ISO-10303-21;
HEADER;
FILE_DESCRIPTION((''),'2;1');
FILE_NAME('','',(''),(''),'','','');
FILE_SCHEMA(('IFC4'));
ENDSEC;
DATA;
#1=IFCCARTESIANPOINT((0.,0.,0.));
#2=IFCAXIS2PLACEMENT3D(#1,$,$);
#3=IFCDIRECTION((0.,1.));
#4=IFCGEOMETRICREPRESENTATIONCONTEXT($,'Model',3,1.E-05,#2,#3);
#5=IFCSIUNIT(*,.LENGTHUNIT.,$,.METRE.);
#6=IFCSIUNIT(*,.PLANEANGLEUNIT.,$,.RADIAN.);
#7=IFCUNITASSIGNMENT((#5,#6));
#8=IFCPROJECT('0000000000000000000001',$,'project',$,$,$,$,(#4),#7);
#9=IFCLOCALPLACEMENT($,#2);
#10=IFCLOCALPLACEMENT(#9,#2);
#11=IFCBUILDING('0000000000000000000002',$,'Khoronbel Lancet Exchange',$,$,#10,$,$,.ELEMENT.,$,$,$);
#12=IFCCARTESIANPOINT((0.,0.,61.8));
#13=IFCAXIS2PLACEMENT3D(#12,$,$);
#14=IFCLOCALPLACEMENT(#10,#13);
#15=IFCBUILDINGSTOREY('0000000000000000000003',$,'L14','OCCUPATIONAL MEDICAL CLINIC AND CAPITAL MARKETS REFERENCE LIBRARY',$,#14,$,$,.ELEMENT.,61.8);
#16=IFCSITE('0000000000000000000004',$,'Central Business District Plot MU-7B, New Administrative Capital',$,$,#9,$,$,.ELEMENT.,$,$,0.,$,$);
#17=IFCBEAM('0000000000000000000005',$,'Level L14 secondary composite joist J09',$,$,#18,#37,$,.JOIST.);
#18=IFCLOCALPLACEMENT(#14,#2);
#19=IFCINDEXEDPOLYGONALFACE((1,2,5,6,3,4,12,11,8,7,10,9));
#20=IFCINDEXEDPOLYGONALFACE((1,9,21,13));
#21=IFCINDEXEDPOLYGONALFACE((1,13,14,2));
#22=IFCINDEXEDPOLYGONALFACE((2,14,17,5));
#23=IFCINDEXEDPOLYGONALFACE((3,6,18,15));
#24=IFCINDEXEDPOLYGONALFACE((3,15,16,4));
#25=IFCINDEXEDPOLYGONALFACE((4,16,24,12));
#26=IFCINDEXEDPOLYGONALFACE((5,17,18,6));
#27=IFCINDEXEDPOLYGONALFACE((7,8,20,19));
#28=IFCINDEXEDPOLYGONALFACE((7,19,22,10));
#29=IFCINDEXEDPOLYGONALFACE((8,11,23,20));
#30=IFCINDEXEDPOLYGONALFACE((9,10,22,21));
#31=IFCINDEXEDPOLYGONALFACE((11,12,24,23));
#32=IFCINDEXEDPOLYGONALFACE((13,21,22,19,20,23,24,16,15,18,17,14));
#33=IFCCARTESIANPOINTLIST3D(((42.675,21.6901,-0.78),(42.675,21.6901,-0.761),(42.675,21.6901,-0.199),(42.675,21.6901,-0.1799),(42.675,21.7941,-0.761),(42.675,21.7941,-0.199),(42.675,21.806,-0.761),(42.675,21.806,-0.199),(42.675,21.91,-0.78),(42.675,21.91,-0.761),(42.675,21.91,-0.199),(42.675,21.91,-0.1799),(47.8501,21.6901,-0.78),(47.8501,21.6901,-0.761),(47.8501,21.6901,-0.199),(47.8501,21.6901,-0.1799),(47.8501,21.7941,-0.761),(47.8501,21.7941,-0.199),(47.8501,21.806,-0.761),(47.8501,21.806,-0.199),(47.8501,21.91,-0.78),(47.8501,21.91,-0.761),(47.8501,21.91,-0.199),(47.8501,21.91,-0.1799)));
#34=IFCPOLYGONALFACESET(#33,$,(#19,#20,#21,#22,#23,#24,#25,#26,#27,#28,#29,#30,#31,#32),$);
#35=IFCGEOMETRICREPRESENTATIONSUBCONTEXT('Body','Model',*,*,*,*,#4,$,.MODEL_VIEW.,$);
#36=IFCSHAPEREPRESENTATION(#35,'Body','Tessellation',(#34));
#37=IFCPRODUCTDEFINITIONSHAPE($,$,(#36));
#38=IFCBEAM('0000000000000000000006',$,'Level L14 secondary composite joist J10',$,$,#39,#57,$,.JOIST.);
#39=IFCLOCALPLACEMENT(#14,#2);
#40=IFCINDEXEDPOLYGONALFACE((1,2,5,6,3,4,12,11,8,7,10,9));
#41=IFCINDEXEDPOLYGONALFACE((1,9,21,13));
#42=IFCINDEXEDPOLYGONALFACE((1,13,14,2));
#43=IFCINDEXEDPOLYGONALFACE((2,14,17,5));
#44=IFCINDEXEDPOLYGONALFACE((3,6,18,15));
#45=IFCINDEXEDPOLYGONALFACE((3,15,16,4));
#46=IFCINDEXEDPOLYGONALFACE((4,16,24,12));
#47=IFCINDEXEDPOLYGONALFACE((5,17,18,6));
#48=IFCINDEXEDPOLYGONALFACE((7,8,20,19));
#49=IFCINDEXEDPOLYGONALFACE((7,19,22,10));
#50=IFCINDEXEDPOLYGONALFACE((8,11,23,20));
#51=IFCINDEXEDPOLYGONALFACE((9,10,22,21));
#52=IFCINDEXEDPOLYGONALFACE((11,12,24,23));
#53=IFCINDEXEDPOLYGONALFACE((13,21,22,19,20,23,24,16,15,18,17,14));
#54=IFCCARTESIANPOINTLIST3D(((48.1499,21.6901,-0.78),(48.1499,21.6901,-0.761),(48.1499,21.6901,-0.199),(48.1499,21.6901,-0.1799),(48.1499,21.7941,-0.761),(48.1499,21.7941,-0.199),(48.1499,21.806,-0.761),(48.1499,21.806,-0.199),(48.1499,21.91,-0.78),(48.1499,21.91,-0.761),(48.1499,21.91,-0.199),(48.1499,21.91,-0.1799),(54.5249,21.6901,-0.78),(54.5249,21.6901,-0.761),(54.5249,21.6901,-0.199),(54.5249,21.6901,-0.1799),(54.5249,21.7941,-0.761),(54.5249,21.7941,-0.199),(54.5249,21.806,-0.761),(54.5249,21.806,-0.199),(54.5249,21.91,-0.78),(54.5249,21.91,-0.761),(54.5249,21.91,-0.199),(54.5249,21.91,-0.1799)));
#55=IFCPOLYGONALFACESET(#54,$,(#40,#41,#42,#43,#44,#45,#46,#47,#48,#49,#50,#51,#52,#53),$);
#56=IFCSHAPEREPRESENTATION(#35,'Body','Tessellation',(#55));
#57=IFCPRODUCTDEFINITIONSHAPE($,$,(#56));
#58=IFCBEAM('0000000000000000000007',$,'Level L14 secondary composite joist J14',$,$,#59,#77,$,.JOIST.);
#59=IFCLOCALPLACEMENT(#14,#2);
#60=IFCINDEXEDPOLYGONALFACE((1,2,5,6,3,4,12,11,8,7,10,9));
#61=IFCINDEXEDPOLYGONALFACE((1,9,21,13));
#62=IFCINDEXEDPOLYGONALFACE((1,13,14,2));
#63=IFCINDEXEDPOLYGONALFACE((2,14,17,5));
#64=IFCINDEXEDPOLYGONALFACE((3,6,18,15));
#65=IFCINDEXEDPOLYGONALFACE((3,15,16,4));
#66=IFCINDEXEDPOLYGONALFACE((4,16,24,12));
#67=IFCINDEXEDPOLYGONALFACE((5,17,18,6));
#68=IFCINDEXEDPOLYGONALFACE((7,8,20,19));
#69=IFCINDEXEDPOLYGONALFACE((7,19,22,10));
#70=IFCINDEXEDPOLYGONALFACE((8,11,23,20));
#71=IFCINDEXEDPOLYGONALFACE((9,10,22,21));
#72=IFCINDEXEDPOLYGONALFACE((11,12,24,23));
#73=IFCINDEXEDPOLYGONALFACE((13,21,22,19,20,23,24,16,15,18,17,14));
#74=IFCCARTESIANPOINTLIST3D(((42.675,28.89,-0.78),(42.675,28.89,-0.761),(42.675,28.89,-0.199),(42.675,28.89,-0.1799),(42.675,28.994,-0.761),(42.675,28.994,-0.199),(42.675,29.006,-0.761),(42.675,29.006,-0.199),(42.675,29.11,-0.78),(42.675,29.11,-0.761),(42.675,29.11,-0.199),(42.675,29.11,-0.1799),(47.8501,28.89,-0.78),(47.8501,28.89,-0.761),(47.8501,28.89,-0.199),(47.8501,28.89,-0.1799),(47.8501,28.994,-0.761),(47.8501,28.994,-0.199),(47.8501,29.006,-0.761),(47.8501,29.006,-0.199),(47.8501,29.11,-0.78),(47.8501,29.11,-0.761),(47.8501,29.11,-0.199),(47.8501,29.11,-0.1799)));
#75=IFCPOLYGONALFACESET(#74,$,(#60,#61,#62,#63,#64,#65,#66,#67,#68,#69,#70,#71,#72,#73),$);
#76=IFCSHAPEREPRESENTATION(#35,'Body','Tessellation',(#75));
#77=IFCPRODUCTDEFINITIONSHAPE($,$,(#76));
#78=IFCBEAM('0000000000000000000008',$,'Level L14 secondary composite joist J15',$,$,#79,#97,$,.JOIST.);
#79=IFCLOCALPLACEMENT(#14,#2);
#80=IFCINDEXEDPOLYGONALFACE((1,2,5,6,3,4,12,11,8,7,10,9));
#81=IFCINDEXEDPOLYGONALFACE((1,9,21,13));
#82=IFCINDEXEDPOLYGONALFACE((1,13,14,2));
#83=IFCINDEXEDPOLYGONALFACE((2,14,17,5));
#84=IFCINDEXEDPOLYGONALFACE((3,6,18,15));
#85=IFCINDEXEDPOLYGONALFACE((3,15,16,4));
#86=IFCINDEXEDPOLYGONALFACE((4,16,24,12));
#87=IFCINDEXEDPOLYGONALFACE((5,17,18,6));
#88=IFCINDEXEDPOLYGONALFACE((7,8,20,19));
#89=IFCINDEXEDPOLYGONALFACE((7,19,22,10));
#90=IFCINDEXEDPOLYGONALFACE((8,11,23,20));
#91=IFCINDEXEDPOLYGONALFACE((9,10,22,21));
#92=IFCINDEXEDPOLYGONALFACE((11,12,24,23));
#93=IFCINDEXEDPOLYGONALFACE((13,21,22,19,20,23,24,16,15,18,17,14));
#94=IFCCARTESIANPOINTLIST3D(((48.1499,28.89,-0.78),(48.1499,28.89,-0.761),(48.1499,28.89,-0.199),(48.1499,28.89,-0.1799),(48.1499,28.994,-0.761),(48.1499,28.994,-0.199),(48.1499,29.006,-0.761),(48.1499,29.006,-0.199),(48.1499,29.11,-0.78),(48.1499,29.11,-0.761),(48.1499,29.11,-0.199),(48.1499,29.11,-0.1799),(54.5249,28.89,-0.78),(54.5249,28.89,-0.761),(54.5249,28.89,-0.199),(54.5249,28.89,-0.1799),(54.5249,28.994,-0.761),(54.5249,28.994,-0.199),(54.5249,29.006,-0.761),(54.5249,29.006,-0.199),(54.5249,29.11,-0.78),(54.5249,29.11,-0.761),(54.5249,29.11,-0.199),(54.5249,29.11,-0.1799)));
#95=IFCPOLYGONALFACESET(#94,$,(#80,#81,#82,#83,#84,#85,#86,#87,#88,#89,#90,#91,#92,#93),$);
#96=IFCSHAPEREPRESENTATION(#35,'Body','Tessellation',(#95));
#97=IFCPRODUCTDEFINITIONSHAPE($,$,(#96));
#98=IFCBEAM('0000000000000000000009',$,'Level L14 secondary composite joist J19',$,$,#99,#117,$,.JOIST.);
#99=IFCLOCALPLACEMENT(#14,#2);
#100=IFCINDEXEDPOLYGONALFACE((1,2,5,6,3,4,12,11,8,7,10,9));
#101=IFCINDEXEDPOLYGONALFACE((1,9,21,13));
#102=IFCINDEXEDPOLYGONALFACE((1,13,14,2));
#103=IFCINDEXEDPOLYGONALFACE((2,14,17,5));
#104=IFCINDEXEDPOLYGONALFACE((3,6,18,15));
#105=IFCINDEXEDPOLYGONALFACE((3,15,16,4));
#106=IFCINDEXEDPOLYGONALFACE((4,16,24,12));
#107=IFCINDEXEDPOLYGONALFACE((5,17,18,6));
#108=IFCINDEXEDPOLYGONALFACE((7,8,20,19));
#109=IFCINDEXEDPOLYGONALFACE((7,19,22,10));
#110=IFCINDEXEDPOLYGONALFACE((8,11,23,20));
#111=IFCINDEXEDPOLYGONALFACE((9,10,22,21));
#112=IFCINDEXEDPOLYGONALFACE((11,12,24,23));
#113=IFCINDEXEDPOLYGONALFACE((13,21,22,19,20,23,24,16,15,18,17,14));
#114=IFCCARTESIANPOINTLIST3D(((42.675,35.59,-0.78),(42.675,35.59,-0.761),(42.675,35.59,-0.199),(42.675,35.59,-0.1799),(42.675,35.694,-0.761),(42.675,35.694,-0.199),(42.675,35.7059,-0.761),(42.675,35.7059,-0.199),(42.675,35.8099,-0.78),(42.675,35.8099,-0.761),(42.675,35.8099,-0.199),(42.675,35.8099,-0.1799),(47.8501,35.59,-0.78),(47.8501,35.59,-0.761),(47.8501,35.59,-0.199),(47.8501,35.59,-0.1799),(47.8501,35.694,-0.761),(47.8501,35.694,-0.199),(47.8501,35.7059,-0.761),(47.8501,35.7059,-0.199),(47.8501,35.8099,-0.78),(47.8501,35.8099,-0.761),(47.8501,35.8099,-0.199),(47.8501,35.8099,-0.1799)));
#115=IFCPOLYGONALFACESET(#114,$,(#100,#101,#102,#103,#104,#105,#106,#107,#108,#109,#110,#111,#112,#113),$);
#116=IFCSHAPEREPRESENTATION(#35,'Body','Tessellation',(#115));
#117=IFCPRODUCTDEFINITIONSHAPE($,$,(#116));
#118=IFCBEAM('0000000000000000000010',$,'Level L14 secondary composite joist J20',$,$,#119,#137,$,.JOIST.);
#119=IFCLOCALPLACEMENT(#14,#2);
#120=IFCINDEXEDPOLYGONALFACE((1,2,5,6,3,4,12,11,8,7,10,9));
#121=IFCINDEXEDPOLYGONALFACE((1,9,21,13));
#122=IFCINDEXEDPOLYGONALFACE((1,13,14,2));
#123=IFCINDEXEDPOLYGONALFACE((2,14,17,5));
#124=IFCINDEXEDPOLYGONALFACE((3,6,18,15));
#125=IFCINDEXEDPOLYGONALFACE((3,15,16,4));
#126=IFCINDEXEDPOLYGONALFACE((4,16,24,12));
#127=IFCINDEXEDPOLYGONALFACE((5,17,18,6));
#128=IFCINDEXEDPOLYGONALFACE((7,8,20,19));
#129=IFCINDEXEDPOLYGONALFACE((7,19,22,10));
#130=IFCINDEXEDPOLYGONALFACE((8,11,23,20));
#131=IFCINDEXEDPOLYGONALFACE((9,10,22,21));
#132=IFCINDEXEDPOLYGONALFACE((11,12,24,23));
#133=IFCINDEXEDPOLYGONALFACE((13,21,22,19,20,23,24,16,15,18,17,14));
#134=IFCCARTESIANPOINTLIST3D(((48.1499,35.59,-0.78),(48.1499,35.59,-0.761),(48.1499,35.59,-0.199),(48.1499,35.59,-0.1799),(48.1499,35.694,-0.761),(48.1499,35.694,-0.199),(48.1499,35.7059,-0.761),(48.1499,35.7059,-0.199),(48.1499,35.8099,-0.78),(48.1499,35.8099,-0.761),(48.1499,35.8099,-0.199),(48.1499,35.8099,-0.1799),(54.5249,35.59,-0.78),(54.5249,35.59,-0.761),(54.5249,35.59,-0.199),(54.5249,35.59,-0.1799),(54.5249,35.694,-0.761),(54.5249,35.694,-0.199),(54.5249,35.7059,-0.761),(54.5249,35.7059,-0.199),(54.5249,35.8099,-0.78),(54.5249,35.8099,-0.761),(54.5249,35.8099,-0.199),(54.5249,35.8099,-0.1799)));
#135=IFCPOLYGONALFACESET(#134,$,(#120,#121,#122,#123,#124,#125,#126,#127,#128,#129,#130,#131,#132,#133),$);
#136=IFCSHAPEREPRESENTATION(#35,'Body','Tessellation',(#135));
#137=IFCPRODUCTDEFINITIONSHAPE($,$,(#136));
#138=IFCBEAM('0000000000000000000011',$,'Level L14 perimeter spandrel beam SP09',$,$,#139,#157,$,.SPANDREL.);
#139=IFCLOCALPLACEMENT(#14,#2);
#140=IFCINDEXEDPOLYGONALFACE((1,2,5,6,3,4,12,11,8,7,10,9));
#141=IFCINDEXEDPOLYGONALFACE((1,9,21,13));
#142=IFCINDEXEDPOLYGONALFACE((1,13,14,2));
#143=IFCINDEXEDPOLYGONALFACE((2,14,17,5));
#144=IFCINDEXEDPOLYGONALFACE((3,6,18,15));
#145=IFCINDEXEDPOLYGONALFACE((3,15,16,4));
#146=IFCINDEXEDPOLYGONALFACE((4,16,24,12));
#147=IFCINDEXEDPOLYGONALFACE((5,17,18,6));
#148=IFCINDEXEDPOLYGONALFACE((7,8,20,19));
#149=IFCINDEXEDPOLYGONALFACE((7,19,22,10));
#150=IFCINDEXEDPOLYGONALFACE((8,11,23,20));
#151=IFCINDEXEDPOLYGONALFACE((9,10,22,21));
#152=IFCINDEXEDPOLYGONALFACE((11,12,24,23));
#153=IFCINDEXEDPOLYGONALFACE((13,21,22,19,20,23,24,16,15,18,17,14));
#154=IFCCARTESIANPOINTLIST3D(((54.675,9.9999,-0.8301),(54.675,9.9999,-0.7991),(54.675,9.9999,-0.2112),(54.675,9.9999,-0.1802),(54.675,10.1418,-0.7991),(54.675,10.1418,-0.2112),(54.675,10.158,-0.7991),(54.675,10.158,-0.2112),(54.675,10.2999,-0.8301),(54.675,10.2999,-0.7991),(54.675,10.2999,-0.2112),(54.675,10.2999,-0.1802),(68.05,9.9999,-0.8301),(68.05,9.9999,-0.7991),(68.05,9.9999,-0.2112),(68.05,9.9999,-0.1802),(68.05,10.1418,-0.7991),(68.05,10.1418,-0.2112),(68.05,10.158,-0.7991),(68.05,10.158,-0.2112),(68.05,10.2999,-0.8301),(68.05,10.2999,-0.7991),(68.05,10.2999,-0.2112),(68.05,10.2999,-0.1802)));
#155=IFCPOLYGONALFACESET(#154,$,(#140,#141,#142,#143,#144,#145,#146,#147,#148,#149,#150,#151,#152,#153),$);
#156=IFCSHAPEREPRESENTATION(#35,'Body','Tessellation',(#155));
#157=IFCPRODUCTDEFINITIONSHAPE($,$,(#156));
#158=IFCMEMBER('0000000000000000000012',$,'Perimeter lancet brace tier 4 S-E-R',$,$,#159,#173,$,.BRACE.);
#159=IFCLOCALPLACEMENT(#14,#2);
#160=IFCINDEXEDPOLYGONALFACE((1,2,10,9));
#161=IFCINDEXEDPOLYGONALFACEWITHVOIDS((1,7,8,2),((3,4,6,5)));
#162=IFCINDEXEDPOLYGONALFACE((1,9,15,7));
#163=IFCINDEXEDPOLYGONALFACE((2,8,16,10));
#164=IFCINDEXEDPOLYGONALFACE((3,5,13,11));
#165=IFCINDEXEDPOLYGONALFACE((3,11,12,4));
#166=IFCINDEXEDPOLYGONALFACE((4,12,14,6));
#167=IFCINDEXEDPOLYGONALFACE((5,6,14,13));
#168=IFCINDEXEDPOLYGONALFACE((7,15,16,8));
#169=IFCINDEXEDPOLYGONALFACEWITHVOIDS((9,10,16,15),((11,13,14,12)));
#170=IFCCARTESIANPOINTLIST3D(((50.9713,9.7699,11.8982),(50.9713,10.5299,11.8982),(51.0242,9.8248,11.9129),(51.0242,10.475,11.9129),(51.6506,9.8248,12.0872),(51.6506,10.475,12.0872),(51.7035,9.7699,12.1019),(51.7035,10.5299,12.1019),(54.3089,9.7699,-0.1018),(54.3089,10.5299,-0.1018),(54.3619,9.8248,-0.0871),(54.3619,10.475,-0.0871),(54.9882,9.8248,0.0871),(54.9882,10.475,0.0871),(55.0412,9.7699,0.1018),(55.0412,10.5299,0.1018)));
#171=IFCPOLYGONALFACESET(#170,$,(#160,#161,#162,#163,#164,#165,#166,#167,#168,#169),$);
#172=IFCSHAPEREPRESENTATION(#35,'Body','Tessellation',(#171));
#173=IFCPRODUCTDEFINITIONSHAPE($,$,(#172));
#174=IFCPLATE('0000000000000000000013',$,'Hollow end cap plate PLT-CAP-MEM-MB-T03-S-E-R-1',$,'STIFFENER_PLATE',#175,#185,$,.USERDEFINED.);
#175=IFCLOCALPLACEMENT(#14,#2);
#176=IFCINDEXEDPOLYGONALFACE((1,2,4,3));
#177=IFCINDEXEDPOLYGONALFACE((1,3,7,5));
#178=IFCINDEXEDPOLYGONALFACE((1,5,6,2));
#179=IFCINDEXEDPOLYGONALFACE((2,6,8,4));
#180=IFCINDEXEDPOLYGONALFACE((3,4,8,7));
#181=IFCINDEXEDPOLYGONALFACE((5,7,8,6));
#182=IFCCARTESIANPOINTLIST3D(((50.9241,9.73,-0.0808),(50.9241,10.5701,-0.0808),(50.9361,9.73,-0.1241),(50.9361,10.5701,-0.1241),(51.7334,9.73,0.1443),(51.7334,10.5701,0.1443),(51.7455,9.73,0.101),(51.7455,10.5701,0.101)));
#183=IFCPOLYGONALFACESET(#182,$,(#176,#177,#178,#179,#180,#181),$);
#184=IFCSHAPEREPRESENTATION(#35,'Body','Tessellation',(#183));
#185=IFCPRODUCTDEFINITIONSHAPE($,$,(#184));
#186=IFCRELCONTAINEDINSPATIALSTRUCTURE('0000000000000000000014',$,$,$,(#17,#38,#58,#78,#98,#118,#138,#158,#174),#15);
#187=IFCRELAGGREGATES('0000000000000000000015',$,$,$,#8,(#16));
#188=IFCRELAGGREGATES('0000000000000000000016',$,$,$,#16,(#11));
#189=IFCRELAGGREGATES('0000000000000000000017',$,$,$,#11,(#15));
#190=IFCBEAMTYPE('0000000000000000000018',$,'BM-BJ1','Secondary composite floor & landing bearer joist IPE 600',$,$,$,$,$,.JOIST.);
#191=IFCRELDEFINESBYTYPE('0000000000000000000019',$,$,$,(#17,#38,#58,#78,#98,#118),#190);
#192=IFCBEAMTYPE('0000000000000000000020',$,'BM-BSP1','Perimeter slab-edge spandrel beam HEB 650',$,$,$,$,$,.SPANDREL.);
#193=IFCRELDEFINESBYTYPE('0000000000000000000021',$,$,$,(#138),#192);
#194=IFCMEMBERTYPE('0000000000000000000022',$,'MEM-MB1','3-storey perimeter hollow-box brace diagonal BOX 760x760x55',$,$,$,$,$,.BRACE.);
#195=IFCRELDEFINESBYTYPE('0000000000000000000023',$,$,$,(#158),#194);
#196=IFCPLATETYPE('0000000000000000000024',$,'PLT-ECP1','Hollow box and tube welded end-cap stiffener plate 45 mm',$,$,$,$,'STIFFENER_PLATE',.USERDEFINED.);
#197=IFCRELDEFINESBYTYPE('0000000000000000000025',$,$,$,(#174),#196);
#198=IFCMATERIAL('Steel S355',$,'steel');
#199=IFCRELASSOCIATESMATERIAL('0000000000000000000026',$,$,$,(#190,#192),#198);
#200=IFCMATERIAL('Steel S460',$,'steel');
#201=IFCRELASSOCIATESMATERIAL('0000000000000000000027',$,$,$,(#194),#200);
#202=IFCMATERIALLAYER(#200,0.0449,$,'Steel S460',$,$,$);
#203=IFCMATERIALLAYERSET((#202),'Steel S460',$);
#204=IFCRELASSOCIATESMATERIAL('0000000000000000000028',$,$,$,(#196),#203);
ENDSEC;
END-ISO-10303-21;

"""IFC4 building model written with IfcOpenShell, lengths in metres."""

from ifc_helpers import new_model, si_unit, direction, frame, origin, origin_2d, place, context, subcontext, project, spatial, polyline, hollow_rectangle, i_section, outline, extrude, material, layer, layer_set, material_profile, profile_set, type_object, element, save


model = new_model("IFC4")

# Units and contexts
model_context = context("Model", 3, precision=1e-05, world=origin(), true_north=direction((0.0, 1.0)))
body_context = subcontext(model_context, "Body", "Model", "MODEL_VIEW")
ifc_project = project(units=[si_unit("LENGTHUNIT", "METRE"), si_unit("PLANEANGLEUNIT", "RADIAN")], contexts=[model_context])

# Site, building, storey
site_placement = place(None, origin())
site = spatial("IfcSite", under=ifc_project, at=site_placement, Name="Central Business District Plot MU-7B, New Administrative Capital", CompositionType="ELEMENT", RefElevation=0.0)
building_placement = place(site_placement, origin())
building = spatial("IfcBuilding", under=site, at=building_placement, Name="Khoronbel Lancet Exchange", CompositionType="ELEMENT")
storey_placement = place(building_placement, frame((0.0, 0.0, 61.8)))
storey = spatial("IfcBuildingStorey", under=building, at=storey_placement, Name="L14", Description="OCCUPATIONAL MEDICAL CLINIC AND CAPITAL MARKETS REFERENCE LIBRARY", CompositionType="ELEMENT", Elevation=61.8)

# Shared definitions
ifc_material_1 = material(Name="Steel S460", Category="steel")

# Beams
ifc_material_2 = material(Name="Steel S355", Category="steel")
ifc_material_profile_1 = material_profile(ifc_material_2, i_section(OverallWidth=0.22, OverallDepth=0.6001, WebThickness=0.012, FlangeThickness=0.019, at=origin_2d()), Name="IPE 600")
ifc_profile_set_1 = profile_set([ifc_material_profile_1], Name="Steel S355")
beam_type_1 = type_object("IfcBeamType", Name="BM-BJ1", Description="Secondary composite floor & landing bearer joist IPE 600", PredefinedType="JOIST", material=ifc_profile_set_1)
beam_1_placement = place(storey_placement, frame((42.675, 21.8, -0.48), z_axis=(1.0, 0.0, 0.0), x_axis=(0.0, 1.0, 0.0)))
element("IfcBeam", 1, at=beam_1_placement, inside=storey, type_object=beam_type_1, Name="Level L14 secondary composite joist J09", PredefinedType="JOIST", context=body_context, shape_type="SweptSolid", body=[
    extrude(i_section(OverallWidth=0.22, OverallDepth=0.6001, WebThickness=0.012, FlangeThickness=0.019, at=origin_2d()), origin(), (0.0, 0.0, 1.0), 5.175),
])
beam_2_placement = place(storey_placement, frame((48.1499, 21.8, -0.48), z_axis=(1.0, 0.0, 0.0), x_axis=(0.0, 1.0, 0.0)))
element("IfcBeam", 2, at=beam_2_placement, inside=storey, type_object=beam_type_1, Name="Level L14 secondary composite joist J10", PredefinedType="JOIST", context=body_context, shape_type="SweptSolid", body=[
    extrude(i_section(OverallWidth=0.22, OverallDepth=0.6001, WebThickness=0.012, FlangeThickness=0.019, at=origin_2d()), origin(), (0.0, 0.0, 1.0), 6.375),
])
beam_3_placement = place(storey_placement, frame((42.675, 29.0, -0.48), z_axis=(1.0, 0.0, 0.0), x_axis=(0.0, 1.0, 0.0)))
element("IfcBeam", 3, at=beam_3_placement, inside=storey, type_object=beam_type_1, Name="Level L14 secondary composite joist J14", PredefinedType="JOIST", context=body_context, shape_type="SweptSolid", body=[
    extrude(i_section(OverallWidth=0.22, OverallDepth=0.6001, WebThickness=0.012, FlangeThickness=0.019, at=origin_2d()), origin(), (0.0, 0.0, 1.0), 5.175),
])
beam_4_placement = place(storey_placement, frame((48.1499, 29.0, -0.48), z_axis=(1.0, 0.0, 0.0), x_axis=(0.0, 1.0, 0.0)))
element("IfcBeam", 4, at=beam_4_placement, inside=storey, type_object=beam_type_1, Name="Level L14 secondary composite joist J15", PredefinedType="JOIST", context=body_context, shape_type="SweptSolid", body=[
    extrude(i_section(OverallWidth=0.22, OverallDepth=0.6001, WebThickness=0.012, FlangeThickness=0.019, at=origin_2d()), origin(), (0.0, 0.0, 1.0), 6.375),
])
beam_5_placement = place(storey_placement, frame((42.675, 35.7, -0.48), z_axis=(1.0, 0.0, 0.0), x_axis=(0.0, 1.0, 0.0)))
element("IfcBeam", 5, at=beam_5_placement, inside=storey, type_object=beam_type_1, Name="Level L14 secondary composite joist J19", PredefinedType="JOIST", context=body_context, shape_type="SweptSolid", body=[
    extrude(i_section(OverallWidth=0.22, OverallDepth=0.6001, WebThickness=0.012, FlangeThickness=0.019, at=origin_2d()), origin(), (0.0, 0.0, 1.0), 5.175),
])
beam_6_placement = place(storey_placement, frame((48.1499, 35.7, -0.48), z_axis=(1.0, 0.0, 0.0), x_axis=(0.0, 1.0, 0.0)))
element("IfcBeam", 6, at=beam_6_placement, inside=storey, type_object=beam_type_1, Name="Level L14 secondary composite joist J20", PredefinedType="JOIST", context=body_context, shape_type="SweptSolid", body=[
    extrude(i_section(OverallWidth=0.22, OverallDepth=0.6001, WebThickness=0.012, FlangeThickness=0.019, at=origin_2d()), origin(), (0.0, 0.0, 1.0), 6.375),
])
ifc_material_profile_2 = material_profile(ifc_material_2, i_section(OverallWidth=0.3, OverallDepth=0.6499, WebThickness=0.0161, FlangeThickness=0.031, at=origin_2d()), Name="HEB 650")
ifc_profile_set_2 = profile_set([ifc_material_profile_2], Name="Steel S355")
beam_type_2 = type_object("IfcBeamType", Name="BM-BSP1", Description="Perimeter slab-edge spandrel beam HEB 650", PredefinedType="SPANDREL", material=ifc_profile_set_2)
beam_7_placement = place(storey_placement, frame((54.675, 10.1499, -0.5051), z_axis=(1.0, 0.0, 0.0), x_axis=(0.0, 1.0, 0.0)))
element("IfcBeam", 7, at=beam_7_placement, inside=storey, type_object=beam_type_2, Name="Level L14 perimeter spandrel beam SP09", PredefinedType="SPANDREL", context=body_context, shape_type="SweptSolid", body=[
    extrude(i_section(OverallWidth=0.3, OverallDepth=0.6499, WebThickness=0.0161, FlangeThickness=0.031, at=origin_2d()), origin(), (0.0, 0.0, 1.0), 13.375),
])

# Member
ifc_material_profile_3 = material_profile(ifc_material_1, hollow_rectangle(XDim=0.76, YDim=0.76, WallThickness=0.0549, at=origin_2d()), Name="BOX 760x760x55")
ifc_profile_set_3 = profile_set([ifc_material_profile_3], Name="Steel S460")
member_type = type_object("IfcMemberType", Name="MEM-MB1", Description="3-storey perimeter hollow-box brace diagonal BOX 760x760x55", PredefinedType="BRACE", material=ifc_profile_set_3)
member_placement = place(storey_placement, frame((54.675, 10.1499, 0.0), z_axis=(-0.267965, 0.0, 0.963429), x_axis=(0.0, -1.0, 0.0)))
element("IfcMember", 8, at=member_placement, inside=storey, type_object=member_type, Name="Perimeter lancet brace tier 4 S-E-R", PredefinedType="BRACE", context=body_context, shape_type="SweptSolid", body=[
    extrude(hollow_rectangle(XDim=0.76, YDim=0.76, WallThickness=0.0549, at=origin_2d()), origin(), (0.0, 0.0, 1.0), 12.4556),
])

# Plate
ifc_layer_1 = layer(ifc_material_1, 0.0449, Name="Steel S460")
ifc_layer_set_1 = layer_set([ifc_layer_1], Name="Steel S460")
plate_type = type_object("IfcPlateType", Name="PLT-ECP1", Description="Hollow box and tube welded end-cap stiffener plate 45 mm", ElementType="STIFFENER_PLATE", PredefinedType="USERDEFINED", material=ifc_layer_set_1)
for number, where, z_axis, x_axis, name in (
    (9, (50.9241, 10.5701, -0.0808), (-0.267959, 0.0, 0.96343), (0.0, -1.0, 0.0), "Hollow end cap plate PLT-CAP-MEM-MB-T03-S-E-R-1"),
):
    element("IfcPlate", number, at=place(storey_placement, frame(where, z_axis=z_axis, x_axis=x_axis)), inside=storey, type_object=plate_type, Name=name, ObjectType="STIFFENER_PLATE", PredefinedType="USERDEFINED", context=body_context, shape_type="SweptSolid", body=[
        extrude(outline(polyline([(0.0, 0.0), (0.8401, 0.0), (0.8401, 0.8401), (0.0, 0.8401), (0.0, 0.0)])), origin(), (0.0, 0.0, -1.0), 0.0449),
    ])

save(model, "model.ifc")
